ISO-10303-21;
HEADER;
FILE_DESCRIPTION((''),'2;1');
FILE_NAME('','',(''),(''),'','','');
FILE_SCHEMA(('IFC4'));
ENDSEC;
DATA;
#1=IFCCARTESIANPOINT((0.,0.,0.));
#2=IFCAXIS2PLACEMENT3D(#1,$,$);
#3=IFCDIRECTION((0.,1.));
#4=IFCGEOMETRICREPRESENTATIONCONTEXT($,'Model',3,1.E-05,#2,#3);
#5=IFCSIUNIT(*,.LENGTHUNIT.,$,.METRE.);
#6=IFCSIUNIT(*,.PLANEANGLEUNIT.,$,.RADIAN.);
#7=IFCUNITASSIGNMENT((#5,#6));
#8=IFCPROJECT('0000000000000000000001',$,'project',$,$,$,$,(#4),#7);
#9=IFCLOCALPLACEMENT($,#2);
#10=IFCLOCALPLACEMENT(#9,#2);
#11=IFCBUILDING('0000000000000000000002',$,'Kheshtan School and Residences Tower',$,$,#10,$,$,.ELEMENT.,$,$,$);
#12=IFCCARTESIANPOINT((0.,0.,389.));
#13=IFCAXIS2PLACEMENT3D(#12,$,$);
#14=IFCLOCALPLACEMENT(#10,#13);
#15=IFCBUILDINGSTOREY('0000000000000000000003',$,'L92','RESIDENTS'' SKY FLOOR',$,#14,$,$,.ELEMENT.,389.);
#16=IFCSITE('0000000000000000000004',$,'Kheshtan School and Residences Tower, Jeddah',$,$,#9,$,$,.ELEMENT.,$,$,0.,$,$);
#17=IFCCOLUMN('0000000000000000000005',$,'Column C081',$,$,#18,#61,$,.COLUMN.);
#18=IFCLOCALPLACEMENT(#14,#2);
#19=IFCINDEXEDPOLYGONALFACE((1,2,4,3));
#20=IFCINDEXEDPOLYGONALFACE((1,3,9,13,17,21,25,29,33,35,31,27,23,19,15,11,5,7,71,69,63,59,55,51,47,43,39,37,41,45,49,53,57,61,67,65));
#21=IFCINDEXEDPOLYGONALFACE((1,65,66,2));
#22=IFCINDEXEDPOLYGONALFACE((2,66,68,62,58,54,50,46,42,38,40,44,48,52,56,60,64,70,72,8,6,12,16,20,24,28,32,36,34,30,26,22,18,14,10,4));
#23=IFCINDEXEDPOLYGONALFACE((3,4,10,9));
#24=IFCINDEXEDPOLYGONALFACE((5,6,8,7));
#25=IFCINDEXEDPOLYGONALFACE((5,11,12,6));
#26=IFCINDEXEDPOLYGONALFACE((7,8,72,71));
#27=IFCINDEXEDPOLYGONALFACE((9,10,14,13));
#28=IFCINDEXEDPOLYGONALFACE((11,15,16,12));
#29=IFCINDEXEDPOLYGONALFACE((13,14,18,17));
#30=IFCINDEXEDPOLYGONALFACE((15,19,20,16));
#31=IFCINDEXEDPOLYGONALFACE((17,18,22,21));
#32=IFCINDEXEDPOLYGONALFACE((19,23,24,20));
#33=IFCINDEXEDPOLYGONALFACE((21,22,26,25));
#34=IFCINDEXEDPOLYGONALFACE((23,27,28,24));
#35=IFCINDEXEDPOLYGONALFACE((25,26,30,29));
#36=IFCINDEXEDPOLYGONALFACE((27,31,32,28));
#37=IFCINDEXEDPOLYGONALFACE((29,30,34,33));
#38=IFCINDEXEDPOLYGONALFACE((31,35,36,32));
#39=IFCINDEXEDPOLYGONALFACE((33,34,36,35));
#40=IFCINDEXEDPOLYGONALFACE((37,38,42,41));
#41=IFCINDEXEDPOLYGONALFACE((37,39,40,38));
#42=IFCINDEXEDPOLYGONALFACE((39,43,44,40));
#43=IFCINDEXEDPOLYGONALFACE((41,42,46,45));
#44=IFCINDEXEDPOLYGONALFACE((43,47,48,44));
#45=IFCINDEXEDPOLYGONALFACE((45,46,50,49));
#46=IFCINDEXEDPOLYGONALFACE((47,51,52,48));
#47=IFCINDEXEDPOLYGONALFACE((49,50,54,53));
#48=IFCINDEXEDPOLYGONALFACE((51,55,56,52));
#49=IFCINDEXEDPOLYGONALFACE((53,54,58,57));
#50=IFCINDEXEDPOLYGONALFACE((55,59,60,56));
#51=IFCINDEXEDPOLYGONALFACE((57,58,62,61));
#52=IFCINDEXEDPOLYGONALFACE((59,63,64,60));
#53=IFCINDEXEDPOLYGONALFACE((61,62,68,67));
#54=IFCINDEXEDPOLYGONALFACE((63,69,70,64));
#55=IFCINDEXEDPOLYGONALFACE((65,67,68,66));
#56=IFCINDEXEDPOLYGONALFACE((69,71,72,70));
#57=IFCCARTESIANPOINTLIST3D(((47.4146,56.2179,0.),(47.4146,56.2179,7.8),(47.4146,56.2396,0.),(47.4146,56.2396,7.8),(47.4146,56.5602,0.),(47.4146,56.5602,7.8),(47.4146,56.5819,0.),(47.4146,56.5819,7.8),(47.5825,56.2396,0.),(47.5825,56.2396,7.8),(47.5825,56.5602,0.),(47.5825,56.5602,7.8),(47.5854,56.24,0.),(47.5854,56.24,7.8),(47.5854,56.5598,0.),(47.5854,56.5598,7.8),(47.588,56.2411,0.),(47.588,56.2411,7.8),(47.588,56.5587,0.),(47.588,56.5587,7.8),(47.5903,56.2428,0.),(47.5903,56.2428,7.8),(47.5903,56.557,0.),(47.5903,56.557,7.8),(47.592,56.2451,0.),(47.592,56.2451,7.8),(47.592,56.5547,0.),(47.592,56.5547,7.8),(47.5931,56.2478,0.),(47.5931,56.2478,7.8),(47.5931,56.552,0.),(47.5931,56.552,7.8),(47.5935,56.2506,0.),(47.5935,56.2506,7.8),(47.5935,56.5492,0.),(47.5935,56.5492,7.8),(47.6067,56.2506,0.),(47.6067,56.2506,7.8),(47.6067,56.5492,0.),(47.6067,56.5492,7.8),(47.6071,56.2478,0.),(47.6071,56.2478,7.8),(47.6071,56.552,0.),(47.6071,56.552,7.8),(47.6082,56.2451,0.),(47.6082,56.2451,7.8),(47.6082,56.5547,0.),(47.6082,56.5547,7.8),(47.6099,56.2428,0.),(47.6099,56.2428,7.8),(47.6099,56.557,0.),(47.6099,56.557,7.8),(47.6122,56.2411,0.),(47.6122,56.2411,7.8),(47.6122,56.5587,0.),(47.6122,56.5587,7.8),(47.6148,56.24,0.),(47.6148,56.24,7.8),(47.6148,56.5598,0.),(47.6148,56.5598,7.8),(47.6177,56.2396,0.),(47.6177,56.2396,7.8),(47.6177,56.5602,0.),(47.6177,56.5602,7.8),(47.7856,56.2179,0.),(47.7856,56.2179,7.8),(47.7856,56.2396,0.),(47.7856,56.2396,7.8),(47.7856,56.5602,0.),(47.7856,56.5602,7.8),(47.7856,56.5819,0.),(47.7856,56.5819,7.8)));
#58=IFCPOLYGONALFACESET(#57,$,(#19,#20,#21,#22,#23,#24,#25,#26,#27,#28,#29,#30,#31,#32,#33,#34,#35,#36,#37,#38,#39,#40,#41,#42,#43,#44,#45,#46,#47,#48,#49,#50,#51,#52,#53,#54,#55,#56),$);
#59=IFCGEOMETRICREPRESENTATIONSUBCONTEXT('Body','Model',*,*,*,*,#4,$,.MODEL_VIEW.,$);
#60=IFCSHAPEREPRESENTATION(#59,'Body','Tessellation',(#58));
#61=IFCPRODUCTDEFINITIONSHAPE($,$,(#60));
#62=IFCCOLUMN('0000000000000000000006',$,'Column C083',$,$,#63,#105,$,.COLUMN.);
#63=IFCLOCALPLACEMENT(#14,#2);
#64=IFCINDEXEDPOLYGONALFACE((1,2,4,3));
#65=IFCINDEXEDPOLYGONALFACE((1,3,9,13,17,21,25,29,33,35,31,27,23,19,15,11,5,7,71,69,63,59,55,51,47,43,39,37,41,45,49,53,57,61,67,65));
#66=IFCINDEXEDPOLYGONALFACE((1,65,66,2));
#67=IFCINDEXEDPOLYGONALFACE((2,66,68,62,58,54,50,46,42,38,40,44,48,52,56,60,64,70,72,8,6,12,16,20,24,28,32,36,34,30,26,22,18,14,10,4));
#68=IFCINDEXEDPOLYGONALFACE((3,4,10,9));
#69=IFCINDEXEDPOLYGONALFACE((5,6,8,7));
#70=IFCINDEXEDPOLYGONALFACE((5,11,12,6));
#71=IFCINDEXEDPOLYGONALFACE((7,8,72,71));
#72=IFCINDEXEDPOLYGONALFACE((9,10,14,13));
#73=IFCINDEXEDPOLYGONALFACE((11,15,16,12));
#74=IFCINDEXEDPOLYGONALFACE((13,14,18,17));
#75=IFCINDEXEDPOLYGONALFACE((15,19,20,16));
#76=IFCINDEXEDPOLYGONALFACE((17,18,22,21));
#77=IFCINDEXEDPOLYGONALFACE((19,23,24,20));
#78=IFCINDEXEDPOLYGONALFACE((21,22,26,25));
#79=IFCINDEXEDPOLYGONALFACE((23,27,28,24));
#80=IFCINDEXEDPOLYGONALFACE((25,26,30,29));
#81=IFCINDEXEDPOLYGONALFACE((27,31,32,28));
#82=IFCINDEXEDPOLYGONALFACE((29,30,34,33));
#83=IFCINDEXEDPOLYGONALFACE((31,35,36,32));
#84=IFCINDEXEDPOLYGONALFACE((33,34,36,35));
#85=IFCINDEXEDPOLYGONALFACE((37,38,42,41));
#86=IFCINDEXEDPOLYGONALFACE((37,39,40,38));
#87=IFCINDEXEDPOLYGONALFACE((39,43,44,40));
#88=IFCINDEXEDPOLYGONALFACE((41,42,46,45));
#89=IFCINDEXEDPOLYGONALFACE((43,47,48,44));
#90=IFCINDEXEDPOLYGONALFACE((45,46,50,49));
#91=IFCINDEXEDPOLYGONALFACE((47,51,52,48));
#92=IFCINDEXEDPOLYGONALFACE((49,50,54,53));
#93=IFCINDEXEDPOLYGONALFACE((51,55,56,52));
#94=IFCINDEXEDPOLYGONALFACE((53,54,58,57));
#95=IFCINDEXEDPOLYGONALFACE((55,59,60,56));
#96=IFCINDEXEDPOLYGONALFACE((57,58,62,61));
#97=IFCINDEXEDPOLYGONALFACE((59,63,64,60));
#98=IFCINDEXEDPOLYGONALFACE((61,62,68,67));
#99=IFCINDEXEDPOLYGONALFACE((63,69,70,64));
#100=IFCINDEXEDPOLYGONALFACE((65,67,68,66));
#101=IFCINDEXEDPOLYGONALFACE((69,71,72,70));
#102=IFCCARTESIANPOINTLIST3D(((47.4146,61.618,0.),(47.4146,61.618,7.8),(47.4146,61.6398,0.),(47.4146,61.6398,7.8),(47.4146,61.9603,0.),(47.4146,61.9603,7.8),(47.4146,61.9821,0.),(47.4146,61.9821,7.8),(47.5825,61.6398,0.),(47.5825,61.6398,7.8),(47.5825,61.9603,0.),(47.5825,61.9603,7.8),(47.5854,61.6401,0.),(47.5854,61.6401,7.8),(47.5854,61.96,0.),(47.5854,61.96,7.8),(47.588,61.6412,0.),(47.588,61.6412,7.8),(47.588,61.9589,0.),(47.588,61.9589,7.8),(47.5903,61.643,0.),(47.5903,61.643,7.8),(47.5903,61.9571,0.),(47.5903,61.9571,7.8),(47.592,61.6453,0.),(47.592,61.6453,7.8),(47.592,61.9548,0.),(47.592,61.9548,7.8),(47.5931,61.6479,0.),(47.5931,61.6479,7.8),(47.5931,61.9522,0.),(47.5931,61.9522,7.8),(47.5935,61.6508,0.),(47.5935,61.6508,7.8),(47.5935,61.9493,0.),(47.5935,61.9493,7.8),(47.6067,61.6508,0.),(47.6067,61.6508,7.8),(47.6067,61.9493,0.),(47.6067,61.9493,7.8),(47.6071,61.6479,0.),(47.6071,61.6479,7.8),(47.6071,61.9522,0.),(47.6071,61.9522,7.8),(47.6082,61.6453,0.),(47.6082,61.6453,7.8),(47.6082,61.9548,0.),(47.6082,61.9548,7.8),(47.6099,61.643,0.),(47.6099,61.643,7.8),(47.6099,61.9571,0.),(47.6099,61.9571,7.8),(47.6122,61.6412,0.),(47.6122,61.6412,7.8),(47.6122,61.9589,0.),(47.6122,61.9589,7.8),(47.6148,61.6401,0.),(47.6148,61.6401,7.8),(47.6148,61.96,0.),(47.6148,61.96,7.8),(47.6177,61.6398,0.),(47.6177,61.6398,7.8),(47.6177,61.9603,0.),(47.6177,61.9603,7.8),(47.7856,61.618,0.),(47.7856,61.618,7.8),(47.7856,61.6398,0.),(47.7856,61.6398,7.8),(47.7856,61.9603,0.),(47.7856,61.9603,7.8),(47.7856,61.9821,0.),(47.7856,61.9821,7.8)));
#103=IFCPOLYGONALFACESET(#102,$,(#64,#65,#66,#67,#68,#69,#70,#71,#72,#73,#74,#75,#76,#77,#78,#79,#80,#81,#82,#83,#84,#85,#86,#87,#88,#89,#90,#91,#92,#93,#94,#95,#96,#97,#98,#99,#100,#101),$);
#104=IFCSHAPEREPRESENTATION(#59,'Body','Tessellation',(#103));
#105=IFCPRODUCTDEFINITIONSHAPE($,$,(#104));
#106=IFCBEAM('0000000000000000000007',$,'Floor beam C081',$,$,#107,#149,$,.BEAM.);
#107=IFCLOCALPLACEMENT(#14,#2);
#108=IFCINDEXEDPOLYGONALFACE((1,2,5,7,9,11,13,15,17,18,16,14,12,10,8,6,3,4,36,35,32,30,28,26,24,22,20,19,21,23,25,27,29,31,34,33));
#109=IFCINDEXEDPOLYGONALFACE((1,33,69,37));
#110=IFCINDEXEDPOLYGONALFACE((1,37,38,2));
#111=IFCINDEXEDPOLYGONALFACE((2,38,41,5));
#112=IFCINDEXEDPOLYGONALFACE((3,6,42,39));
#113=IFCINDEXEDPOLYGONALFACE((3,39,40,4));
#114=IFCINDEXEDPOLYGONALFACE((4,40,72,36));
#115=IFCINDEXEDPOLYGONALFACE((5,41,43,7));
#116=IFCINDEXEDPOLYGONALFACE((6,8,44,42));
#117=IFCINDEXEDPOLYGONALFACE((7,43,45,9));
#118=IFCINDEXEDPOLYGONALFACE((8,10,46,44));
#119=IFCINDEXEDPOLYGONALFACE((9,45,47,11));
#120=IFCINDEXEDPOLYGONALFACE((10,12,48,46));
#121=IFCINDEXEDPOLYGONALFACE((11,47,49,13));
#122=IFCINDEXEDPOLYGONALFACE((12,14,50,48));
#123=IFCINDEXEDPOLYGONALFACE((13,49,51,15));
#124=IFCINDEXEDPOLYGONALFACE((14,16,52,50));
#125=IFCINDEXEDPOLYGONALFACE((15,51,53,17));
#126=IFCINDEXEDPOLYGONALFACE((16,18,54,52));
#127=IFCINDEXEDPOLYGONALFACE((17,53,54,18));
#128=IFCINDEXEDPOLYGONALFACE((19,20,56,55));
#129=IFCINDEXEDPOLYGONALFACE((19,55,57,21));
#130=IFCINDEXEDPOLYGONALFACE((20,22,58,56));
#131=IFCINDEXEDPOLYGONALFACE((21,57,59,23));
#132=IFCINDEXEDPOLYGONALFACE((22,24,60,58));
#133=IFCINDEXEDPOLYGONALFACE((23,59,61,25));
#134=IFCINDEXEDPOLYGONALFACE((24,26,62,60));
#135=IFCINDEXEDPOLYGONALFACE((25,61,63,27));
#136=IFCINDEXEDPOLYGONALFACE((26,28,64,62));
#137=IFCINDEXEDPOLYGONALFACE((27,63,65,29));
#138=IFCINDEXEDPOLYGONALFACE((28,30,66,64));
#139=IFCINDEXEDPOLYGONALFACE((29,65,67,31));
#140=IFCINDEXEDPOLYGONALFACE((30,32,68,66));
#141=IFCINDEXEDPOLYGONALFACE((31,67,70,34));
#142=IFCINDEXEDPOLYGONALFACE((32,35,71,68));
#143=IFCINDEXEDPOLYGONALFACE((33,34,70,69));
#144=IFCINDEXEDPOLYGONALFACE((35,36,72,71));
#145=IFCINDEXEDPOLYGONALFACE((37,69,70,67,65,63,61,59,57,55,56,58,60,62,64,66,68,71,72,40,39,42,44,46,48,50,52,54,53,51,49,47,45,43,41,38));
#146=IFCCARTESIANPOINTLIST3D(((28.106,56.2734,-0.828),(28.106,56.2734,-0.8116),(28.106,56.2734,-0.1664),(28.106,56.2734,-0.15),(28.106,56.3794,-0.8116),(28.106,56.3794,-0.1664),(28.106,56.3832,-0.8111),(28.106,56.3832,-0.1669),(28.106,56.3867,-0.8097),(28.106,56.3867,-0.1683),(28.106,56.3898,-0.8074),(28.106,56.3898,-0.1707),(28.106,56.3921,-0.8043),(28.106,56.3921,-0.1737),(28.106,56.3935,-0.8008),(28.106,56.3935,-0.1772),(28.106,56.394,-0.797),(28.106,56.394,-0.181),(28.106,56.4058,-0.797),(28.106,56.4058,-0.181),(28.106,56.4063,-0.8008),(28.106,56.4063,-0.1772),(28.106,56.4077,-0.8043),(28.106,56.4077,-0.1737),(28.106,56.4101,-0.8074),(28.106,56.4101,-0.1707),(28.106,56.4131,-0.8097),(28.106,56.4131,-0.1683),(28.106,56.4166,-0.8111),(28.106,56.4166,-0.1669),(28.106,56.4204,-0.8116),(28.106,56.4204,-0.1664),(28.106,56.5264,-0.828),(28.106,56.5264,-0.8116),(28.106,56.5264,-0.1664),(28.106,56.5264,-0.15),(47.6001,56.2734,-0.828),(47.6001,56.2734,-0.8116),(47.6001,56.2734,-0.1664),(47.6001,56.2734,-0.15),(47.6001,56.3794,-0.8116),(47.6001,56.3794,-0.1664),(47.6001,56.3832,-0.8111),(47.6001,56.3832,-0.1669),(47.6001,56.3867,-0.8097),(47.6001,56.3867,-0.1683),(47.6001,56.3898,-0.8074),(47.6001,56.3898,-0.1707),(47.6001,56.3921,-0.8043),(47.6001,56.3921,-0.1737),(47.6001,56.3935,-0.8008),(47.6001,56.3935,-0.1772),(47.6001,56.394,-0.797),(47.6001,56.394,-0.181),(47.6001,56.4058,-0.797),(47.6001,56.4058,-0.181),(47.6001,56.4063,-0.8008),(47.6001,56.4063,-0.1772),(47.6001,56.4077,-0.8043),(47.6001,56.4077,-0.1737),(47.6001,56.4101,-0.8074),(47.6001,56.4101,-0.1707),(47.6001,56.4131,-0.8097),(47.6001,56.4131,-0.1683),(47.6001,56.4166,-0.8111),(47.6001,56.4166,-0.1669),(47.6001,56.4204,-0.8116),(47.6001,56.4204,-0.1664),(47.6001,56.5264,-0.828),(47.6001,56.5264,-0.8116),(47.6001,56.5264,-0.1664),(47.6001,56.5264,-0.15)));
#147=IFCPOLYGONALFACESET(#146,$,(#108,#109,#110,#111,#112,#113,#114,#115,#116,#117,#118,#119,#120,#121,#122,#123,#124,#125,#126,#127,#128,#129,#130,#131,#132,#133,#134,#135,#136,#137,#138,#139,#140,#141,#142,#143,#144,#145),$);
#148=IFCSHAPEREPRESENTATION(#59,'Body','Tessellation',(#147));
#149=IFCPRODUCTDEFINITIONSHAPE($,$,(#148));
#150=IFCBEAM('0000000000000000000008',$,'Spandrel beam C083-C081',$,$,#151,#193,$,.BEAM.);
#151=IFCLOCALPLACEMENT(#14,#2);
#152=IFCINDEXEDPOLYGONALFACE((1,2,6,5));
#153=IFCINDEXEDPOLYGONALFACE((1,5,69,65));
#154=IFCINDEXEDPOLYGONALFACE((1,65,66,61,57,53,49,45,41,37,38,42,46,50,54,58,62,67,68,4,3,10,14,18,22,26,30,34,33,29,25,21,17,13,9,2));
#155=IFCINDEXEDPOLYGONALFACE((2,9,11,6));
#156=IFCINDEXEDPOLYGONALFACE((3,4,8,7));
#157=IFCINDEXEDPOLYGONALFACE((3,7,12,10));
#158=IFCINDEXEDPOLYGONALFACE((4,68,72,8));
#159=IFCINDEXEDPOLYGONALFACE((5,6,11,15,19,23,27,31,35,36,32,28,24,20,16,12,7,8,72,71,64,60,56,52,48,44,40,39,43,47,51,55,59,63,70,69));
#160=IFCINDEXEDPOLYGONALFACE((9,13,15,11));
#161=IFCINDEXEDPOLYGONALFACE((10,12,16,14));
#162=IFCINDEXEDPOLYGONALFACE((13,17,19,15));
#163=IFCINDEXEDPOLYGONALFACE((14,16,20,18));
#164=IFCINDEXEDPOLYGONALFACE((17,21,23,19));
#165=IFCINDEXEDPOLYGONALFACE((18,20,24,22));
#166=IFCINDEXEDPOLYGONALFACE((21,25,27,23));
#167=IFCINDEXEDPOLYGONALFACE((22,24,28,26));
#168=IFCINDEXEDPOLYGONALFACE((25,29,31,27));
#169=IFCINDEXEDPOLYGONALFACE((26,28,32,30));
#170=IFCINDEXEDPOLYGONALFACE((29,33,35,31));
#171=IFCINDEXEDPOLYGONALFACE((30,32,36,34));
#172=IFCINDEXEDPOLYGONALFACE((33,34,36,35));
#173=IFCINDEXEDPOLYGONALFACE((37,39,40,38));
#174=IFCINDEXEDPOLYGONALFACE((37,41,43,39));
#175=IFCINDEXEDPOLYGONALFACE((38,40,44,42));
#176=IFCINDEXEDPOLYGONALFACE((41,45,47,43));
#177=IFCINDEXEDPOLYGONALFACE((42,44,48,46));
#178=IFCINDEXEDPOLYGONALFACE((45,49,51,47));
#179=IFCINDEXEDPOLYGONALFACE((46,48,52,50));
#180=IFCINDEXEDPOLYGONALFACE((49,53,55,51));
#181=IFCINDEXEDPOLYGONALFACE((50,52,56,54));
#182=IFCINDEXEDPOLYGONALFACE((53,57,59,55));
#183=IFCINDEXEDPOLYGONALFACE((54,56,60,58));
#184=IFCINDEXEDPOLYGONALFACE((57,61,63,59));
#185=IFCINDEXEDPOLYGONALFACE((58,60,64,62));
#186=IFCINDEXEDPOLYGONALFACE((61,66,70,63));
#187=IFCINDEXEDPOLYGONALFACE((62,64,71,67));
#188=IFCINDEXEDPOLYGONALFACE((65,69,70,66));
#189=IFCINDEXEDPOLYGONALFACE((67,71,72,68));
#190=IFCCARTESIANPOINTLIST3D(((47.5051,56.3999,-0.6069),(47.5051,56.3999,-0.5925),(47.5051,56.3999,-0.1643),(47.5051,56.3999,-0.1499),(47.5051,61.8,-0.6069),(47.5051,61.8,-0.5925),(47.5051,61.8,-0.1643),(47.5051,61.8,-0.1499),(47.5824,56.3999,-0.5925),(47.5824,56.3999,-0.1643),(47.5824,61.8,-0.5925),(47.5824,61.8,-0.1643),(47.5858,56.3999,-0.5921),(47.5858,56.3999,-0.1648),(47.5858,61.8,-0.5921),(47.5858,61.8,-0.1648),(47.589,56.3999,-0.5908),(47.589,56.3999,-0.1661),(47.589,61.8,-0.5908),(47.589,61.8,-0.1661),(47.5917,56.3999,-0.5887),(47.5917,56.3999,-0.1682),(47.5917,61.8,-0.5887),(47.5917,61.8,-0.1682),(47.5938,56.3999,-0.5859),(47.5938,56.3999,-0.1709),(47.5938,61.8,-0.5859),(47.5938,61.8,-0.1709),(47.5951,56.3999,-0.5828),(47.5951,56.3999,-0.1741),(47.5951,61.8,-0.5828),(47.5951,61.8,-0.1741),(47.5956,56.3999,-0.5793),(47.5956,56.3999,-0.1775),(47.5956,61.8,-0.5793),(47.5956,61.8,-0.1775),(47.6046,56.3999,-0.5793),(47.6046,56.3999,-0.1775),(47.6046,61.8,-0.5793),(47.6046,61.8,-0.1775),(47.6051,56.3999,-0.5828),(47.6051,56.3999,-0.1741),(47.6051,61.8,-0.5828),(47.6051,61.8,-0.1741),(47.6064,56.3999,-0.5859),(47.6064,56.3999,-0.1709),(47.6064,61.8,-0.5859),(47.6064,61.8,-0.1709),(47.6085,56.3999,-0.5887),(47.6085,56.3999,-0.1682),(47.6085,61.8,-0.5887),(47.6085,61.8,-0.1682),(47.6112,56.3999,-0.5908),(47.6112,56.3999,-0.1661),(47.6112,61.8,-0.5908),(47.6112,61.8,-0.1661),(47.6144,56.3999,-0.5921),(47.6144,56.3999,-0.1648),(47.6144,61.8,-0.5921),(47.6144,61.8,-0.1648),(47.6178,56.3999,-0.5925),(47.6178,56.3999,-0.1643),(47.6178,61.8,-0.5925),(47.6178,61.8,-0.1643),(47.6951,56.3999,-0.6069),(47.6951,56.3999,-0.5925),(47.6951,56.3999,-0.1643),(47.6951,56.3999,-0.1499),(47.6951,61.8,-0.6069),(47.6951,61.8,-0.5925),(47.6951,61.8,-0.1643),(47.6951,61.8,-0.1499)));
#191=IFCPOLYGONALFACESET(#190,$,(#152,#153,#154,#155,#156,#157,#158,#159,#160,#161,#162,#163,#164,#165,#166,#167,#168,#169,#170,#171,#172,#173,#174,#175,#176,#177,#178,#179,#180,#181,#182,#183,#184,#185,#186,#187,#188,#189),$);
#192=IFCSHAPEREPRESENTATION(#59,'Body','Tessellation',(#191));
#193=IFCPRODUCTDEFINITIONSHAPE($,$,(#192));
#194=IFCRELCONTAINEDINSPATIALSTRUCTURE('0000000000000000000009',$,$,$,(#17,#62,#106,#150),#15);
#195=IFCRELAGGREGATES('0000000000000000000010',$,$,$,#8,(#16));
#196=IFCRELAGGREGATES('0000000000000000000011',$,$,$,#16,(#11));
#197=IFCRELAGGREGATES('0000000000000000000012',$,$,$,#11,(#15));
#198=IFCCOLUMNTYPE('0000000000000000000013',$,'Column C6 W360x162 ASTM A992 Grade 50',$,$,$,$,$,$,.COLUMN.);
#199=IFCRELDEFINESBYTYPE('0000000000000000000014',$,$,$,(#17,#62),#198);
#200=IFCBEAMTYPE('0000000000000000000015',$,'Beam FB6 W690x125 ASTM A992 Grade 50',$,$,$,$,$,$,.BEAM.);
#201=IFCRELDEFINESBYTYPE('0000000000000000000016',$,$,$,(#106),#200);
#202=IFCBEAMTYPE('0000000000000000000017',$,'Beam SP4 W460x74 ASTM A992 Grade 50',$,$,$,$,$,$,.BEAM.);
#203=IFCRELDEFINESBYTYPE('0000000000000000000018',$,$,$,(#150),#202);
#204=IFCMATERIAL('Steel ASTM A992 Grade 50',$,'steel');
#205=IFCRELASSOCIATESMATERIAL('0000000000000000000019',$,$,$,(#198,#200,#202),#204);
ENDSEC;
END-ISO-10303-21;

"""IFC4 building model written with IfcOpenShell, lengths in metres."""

from ifc_helpers import new_model, si_unit, direction, frame, origin, origin_2d, place, context, subcontext, project, spatial, i_section, extrude, material, material_profile, profile_set, type_object, element, save


model = new_model("IFC4")

# Units and contexts
model_context = context("Model", 3, precision=1e-05, world=origin(), true_north=direction((0.0, 1.0)))
body_context = subcontext(model_context, "Body", "Model", "MODEL_VIEW")
ifc_project = project(units=[si_unit("LENGTHUNIT", "METRE"), si_unit("PLANEANGLEUNIT", "RADIAN")], contexts=[model_context])

# Site, building, storey
site_placement = place(None, origin())
site = spatial("IfcSite", under=ifc_project, at=site_placement, Name="Kheshtan School and Residences Tower, Jeddah", CompositionType="ELEMENT", RefElevation=0.0)
building_placement = place(site_placement, origin())
building = spatial("IfcBuilding", under=site, at=building_placement, Name="Kheshtan School and Residences Tower", CompositionType="ELEMENT")
storey_placement = place(building_placement, frame((0.0, 0.0, 389.0)))
storey = spatial("IfcBuildingStorey", under=building, at=storey_placement, Name="L92", Description="RESIDENTS' SKY FLOOR", CompositionType="ELEMENT", Elevation=389.0)

# Columns
ifc_material_1 = material(Name="Steel ASTM A992 Grade 50", Category="steel")
ifc_material_profile_1 = material_profile(ifc_material_1, i_section(OverallWidth=0.3711, OverallDepth=0.364, WebThickness=0.0132, FlangeThickness=0.0217, FilletRadius=0.011, at=origin_2d()), Name="W360x162")
ifc_profile_set_1 = profile_set([ifc_material_profile_1], Name="Steel ASTM A992 Grade 50")
column_type = type_object("IfcColumnType", Name="Column C6 W360x162 ASTM A992 Grade 50", PredefinedType="COLUMN", material=ifc_profile_set_1)
for number, where, z_axis, x_axis, name in (
    (1, (47.6001, 56.3999, 0.0), (0.0, 0.0, 1.0), (1.0, 0.0, 0.0), "Column C081"),
    (2, (47.6001, 61.8, 0.0), (0.0, 0.0, 1.0), (1.0, 0.0, 0.0), "Column C083"),
):
    element("IfcColumn", number, at=place(storey_placement, frame(where, z_axis=z_axis, x_axis=x_axis)), inside=storey, type_object=column_type, Name=name, PredefinedType="COLUMN", context=body_context, shape_type="SweptSolid", body=[
        extrude(i_section(OverallWidth=0.3711, OverallDepth=0.364, WebThickness=0.0132, FlangeThickness=0.0217, FilletRadius=0.011, at=origin_2d()), origin(), (0.0, 0.0, 1.0), 7.8),
    ])

# Beams
ifc_material_profile_2 = material_profile(ifc_material_1, i_section(OverallWidth=0.2529, OverallDepth=0.678, WebThickness=0.0117, FlangeThickness=0.0164, FilletRadius=0.0146, at=origin_2d()), Name="W690x125")
ifc_profile_set_2 = profile_set([ifc_material_profile_2], Name="Steel ASTM A992 Grade 50")
beam_type_1 = type_object("IfcBeamType", Name="Beam FB6 W690x125 ASTM A992 Grade 50", PredefinedType="BEAM", material=ifc_profile_set_2)
beam_1_placement = place(storey_placement, frame((47.6001, 56.3999, -0.489), z_axis=(-1.0, 0.0, 0.0), x_axis=(0.0, -1.0, 0.0)))
element("IfcBeam", 3, at=beam_1_placement, inside=storey, type_object=beam_type_1, Name="Floor beam C081", PredefinedType="BEAM", context=body_context, shape_type="SweptSolid", body=[
    extrude(i_section(OverallWidth=0.2529, OverallDepth=0.678, WebThickness=0.0117, FlangeThickness=0.0164, FilletRadius=0.0146, at=origin_2d()), origin(), (0.0, 0.0, 1.0), 19.4941),
])
ifc_material_profile_3 = material_profile(ifc_material_1, i_section(OverallWidth=0.1899, OverallDepth=0.457, WebThickness=0.009, FlangeThickness=0.0144, FilletRadius=0.0132, at=origin_2d()), Name="W460x74")
ifc_profile_set_3 = profile_set([ifc_material_profile_3], Name="Steel ASTM A992 Grade 50")
beam_type_2 = type_object("IfcBeamType", Name="Beam SP4 W460x74 ASTM A992 Grade 50", PredefinedType="BEAM", material=ifc_profile_set_3)
beam_2_placement = place(storey_placement, frame((47.6001, 61.8, -0.3784), z_axis=(0.0, -1.0, 0.0), x_axis=(1.0, 0.0, 0.0)))
element("IfcBeam", 4, at=beam_2_placement, inside=storey, type_object=beam_type_2, Name="Spandrel beam C083-C081", PredefinedType="BEAM", context=body_context, shape_type="SweptSolid", body=[
    extrude(i_section(OverallWidth=0.1899, OverallDepth=0.457, WebThickness=0.009, FlangeThickness=0.0144, FilletRadius=0.0132, at=origin_2d()), origin(), (0.0, 0.0, 1.0), 5.4001),
])

save(model, "model.ifc")
